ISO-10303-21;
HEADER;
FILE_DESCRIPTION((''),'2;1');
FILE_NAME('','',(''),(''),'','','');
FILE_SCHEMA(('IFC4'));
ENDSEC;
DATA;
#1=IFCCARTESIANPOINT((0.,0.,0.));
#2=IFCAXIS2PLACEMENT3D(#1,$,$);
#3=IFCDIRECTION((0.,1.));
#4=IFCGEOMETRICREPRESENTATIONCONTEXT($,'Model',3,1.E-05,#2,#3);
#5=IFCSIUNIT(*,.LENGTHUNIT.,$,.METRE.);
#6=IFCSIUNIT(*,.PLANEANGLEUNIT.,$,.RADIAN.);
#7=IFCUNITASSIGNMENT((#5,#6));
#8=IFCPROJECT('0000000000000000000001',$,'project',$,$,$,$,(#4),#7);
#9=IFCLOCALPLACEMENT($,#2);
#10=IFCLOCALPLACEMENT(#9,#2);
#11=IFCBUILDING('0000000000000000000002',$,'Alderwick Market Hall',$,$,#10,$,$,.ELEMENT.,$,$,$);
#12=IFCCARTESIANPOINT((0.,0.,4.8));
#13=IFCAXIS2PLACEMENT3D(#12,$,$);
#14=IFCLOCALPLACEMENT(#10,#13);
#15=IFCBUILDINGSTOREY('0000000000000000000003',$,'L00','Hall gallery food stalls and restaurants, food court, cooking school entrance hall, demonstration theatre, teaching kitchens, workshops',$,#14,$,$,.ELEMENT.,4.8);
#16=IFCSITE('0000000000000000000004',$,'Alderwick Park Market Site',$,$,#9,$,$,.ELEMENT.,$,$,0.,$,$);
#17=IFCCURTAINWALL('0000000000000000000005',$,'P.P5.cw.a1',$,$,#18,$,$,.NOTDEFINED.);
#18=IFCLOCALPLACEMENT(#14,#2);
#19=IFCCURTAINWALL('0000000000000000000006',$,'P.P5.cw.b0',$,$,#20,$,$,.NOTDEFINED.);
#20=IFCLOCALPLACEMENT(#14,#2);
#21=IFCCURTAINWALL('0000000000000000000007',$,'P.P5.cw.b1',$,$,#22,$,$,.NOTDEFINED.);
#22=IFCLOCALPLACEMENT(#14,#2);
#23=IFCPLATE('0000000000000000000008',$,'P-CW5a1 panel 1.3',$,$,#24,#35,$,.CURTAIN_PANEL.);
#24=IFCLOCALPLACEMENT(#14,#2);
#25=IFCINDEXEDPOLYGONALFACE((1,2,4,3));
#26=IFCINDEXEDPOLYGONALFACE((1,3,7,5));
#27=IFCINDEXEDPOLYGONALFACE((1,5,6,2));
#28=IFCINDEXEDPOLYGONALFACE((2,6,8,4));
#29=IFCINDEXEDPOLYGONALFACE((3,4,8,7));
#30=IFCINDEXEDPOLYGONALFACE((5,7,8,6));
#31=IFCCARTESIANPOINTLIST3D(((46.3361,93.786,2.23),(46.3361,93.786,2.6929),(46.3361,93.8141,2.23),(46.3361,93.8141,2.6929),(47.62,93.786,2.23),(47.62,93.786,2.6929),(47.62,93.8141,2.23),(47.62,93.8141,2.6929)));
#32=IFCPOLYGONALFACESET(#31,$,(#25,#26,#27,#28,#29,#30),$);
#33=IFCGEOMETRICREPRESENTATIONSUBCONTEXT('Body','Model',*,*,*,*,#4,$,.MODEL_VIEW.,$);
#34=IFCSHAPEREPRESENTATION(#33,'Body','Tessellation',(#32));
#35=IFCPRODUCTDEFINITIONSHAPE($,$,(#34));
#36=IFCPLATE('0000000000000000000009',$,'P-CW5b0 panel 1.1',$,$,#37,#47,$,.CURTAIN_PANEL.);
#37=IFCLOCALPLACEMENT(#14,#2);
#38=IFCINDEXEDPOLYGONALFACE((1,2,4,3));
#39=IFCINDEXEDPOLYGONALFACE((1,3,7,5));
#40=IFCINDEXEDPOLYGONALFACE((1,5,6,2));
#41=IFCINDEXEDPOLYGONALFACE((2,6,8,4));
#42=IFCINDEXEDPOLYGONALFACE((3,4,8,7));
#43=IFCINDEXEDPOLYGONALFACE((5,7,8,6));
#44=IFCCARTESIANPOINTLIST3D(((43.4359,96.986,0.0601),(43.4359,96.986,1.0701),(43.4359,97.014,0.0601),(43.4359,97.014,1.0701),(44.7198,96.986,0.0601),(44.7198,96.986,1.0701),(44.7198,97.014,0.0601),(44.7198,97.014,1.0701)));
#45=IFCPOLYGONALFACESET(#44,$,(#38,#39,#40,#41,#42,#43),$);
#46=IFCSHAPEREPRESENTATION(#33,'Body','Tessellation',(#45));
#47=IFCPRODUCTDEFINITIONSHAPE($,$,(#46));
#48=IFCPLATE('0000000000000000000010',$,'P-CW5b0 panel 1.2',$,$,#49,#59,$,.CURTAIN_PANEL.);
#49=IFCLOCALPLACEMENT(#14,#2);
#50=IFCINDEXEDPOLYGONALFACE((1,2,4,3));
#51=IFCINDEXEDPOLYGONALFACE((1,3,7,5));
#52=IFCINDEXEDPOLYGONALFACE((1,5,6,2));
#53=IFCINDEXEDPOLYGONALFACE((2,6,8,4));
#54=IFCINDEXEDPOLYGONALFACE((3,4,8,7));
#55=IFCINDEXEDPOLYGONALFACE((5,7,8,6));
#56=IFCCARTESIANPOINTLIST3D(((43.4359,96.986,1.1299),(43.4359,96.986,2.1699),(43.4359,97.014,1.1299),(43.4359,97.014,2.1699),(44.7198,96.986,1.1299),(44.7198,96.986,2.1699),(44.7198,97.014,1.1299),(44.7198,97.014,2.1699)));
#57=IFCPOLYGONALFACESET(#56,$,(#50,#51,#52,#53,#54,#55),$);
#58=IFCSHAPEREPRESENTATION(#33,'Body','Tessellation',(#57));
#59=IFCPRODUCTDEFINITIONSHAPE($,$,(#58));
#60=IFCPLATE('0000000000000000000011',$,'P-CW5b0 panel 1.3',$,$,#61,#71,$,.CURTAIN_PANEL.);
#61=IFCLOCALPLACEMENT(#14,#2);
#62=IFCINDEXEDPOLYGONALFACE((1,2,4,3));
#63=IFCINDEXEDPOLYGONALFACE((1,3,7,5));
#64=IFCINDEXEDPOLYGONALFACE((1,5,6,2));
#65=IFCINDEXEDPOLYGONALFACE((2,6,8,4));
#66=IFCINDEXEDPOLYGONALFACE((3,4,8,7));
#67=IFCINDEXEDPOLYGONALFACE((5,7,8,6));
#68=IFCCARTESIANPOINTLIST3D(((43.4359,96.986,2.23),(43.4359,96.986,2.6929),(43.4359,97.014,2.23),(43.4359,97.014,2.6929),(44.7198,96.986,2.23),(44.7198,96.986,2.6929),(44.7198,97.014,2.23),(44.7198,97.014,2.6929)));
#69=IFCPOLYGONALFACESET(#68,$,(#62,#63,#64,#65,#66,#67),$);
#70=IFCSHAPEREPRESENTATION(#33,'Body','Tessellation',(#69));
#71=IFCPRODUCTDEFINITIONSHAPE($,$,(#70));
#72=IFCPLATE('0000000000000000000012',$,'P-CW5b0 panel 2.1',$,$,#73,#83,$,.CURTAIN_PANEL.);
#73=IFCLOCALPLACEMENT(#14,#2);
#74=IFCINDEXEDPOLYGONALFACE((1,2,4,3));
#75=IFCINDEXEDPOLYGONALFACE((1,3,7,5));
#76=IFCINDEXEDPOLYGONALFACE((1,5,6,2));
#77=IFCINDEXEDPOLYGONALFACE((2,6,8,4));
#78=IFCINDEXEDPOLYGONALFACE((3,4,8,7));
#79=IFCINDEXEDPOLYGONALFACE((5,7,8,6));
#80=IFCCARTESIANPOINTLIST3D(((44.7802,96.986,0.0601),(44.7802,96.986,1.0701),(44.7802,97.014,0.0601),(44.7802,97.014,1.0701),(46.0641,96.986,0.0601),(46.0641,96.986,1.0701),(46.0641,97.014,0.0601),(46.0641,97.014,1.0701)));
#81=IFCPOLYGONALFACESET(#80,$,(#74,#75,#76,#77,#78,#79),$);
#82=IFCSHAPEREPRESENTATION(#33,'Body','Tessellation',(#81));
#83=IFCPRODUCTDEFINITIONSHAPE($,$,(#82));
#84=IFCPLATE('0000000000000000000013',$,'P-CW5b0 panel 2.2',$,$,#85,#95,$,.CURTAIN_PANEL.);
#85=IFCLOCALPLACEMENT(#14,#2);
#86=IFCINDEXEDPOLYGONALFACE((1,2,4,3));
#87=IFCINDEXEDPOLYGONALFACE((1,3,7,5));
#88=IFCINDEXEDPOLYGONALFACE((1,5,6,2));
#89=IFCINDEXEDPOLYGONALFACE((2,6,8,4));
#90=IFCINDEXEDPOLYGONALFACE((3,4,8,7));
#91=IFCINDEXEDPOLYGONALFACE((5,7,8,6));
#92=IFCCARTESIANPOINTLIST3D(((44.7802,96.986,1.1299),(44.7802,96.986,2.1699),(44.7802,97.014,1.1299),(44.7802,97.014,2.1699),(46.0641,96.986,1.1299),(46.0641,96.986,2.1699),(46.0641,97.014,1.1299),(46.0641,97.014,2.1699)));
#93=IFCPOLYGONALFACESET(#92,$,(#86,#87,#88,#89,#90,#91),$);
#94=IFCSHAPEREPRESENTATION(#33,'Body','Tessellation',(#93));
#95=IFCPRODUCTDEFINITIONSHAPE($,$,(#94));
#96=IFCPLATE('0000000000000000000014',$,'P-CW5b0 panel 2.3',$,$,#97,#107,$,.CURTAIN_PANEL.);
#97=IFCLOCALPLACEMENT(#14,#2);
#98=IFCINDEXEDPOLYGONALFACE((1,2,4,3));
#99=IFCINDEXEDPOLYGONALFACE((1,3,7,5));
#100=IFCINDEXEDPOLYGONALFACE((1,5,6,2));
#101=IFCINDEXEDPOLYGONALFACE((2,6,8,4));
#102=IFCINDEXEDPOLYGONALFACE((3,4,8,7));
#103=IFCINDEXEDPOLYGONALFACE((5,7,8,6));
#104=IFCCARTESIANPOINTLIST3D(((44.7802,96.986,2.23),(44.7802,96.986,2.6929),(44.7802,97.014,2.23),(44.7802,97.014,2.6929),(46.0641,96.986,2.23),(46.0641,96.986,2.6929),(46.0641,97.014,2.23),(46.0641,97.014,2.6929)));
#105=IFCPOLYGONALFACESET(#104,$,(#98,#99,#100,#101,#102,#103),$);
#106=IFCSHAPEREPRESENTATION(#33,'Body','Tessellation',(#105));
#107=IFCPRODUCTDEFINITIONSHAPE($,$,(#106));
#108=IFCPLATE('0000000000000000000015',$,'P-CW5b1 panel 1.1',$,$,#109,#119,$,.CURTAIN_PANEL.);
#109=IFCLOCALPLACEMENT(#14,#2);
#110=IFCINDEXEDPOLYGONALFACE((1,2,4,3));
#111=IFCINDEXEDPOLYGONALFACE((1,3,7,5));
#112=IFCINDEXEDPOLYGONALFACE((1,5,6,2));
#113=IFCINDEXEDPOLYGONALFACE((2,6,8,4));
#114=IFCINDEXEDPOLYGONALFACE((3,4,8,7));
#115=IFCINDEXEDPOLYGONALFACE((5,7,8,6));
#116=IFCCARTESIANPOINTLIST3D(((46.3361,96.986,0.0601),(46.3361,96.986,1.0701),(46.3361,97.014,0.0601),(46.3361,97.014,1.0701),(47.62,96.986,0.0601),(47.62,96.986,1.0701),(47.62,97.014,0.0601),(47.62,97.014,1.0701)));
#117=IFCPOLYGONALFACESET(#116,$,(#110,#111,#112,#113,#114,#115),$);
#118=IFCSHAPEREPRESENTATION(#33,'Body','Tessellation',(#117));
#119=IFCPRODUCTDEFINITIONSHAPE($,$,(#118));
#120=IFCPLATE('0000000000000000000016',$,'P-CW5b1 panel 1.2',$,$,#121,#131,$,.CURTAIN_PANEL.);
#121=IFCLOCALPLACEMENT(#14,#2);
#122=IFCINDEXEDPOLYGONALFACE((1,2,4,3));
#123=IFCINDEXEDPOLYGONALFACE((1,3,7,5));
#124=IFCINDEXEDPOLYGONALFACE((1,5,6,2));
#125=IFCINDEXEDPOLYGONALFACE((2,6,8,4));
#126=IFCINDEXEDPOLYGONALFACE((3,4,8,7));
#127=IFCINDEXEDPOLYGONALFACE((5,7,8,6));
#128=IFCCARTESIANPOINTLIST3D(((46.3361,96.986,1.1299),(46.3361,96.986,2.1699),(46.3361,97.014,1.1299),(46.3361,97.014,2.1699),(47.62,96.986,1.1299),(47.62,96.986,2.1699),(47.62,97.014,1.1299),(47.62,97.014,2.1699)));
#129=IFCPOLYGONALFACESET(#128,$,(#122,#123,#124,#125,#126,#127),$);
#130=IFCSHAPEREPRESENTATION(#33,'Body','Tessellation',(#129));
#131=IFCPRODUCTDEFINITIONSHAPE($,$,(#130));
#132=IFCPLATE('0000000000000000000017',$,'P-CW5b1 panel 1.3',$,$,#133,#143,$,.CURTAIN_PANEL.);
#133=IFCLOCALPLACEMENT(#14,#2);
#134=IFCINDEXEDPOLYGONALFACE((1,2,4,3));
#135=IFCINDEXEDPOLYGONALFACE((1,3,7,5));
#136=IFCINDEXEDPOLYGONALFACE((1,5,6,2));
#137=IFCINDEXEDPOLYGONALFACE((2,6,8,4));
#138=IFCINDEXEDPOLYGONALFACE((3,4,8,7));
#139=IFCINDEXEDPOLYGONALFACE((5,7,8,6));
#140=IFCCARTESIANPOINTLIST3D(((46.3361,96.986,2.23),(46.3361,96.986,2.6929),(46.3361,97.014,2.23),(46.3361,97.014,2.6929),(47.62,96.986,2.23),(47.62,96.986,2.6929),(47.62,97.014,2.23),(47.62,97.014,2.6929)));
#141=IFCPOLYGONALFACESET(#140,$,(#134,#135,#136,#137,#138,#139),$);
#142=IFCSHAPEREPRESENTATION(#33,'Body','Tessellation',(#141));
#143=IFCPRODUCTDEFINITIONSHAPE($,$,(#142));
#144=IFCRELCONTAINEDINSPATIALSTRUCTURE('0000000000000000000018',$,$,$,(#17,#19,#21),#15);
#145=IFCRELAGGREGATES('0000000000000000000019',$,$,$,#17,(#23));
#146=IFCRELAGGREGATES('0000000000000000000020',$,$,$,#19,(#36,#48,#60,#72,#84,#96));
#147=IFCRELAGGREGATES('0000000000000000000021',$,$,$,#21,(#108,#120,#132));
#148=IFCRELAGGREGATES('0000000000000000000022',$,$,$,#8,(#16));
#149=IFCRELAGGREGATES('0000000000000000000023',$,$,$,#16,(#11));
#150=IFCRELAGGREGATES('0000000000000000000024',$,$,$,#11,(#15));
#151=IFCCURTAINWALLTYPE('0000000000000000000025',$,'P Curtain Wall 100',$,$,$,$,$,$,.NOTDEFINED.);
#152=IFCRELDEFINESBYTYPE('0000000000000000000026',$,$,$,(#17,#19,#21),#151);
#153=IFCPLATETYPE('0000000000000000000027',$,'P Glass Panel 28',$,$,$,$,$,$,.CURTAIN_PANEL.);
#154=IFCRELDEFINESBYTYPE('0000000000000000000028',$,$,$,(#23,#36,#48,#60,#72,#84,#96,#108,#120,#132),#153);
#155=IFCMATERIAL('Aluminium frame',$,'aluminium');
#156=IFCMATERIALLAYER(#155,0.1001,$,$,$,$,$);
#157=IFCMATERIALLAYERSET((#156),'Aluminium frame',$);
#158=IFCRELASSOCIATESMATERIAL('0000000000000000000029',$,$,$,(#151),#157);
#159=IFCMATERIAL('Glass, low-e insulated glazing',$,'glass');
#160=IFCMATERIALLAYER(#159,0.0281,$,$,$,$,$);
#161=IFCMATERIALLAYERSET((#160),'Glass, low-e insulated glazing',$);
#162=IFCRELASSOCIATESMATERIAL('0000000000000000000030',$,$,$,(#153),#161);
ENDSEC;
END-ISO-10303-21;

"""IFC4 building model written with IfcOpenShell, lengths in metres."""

from ifc_helpers import new_model, si_unit, direction, frame, origin, origin_2d, place, context, subcontext, project, spatial, rectangle, extrude, material, layer, layer_set, type_object, element, aggregate, save


model = new_model("IFC4")

# Units and contexts
model_context = context("Model", 3, precision=1e-05, world=origin(), true_north=direction((0.0, 1.0)))
body_context = subcontext(model_context, "Body", "Model", "MODEL_VIEW")
ifc_project = project(units=[si_unit("LENGTHUNIT", "METRE"), si_unit("PLANEANGLEUNIT", "RADIAN")], contexts=[model_context])

# Site, building, storey
site_placement = place(None, origin())
site = spatial("IfcSite", under=ifc_project, at=site_placement, Name="Alderwick Park Market Site", CompositionType="ELEMENT", RefElevation=0.0)
building_placement = place(site_placement, origin())
building = spatial("IfcBuilding", under=site, at=building_placement, Name="Alderwick Market Hall", CompositionType="ELEMENT")
storey_placement = place(building_placement, frame((0.0, 0.0, 4.8)))
storey = spatial("IfcBuildingStorey", under=building, at=storey_placement, Name="L00", Description="Hall gallery food stalls and restaurants, food court, cooking school entrance hall, demonstration theatre, teaching kitchens, workshops", CompositionType="ELEMENT", Elevation=4.8)

# Shared definitions
ifc_material_1 = material(Name="Aluminium frame", Category="aluminium")
ifc_layer_1 = layer(ifc_material_1, 0.1001)
ifc_layer_set_1 = layer_set([ifc_layer_1], Name="Aluminium frame")
curtain_wall_type = type_object("IfcCurtainWallType", Name="P Curtain Wall 100", PredefinedType="NOTDEFINED", material=ifc_layer_set_1)

# Curtain wall
curtain_wall_1_placement = place(storey_placement, origin())
curtain_wall_1 = element("IfcCurtainWall", 1, at=curtain_wall_1_placement, inside=storey, type_object=curtain_wall_type, Name="P.P5.cw.a1", PredefinedType="NOTDEFINED")

# Curtain wall
curtain_wall_2_placement = place(storey_placement, origin())
curtain_wall_2 = element("IfcCurtainWall", 2, at=curtain_wall_2_placement, inside=storey, type_object=curtain_wall_type, Name="P.P5.cw.b0", PredefinedType="NOTDEFINED")

# Curtain wall
curtain_wall_3_placement = place(storey_placement, origin())
curtain_wall_3 = element("IfcCurtainWall", 3, at=curtain_wall_3_placement, inside=storey, type_object=curtain_wall_type, Name="P.P5.cw.b1", PredefinedType="NOTDEFINED")

# Plates
ifc_material_2 = material(Name="Glass, low-e insulated glazing", Category="glass")
ifc_layer_2 = layer(ifc_material_2, 0.0281)
ifc_layer_set_2 = layer_set([ifc_layer_2], Name="Glass, low-e insulated glazing")
plate_type = type_object("IfcPlateType", Name="P Glass Panel 28", PredefinedType="CURTAIN_PANEL", material=ifc_layer_set_2)
plate_1_placement = place(storey_placement, frame((46.978, 93.8, 2.23), z_axis=(0.0, 0.0, 1.0), x_axis=(1.0, 0.0, 0.0)))
plate_1 = element("IfcPlate", 4, at=plate_1_placement, type_object=plate_type, Name="P-CW5a1 panel 1.3", PredefinedType="CURTAIN_PANEL", context=body_context, shape_type="SweptSolid", body=[
    extrude(rectangle(XDim=1.2839, YDim=0.0281, at=origin_2d()), origin(), (0.0, 0.0, 1.0), 0.4629),
])
aggregate(curtain_wall_1, [plate_1])
plate_2_placement = place(storey_placement, frame((44.0779, 97.0, 0.0601), z_axis=(0.0, 0.0, 1.0), x_axis=(1.0, 0.0, 0.0)))
plate_2 = element("IfcPlate", 5, at=plate_2_placement, type_object=plate_type, Name="P-CW5b0 panel 1.1", PredefinedType="CURTAIN_PANEL", context=body_context, shape_type="SweptSolid", body=[
    extrude(rectangle(XDim=1.2839, YDim=0.0281, at=origin_2d()), origin(), (0.0, 0.0, 1.0), 1.01),
])
plate_3_placement = place(storey_placement, frame((44.0779, 97.0, 1.1299), z_axis=(0.0, 0.0, 1.0), x_axis=(1.0, 0.0, 0.0)))
plate_3 = element("IfcPlate", 6, at=plate_3_placement, type_object=plate_type, Name="P-CW5b0 panel 1.2", PredefinedType="CURTAIN_PANEL", context=body_context, shape_type="SweptSolid", body=[
    extrude(rectangle(XDim=1.2839, YDim=0.0281, at=origin_2d()), origin(), (0.0, 0.0, 1.0), 1.04),
])
plate_4_placement = place(storey_placement, frame((44.0779, 97.0, 2.23), z_axis=(0.0, 0.0, 1.0), x_axis=(1.0, 0.0, 0.0)))
plate_4 = element("IfcPlate", 7, at=plate_4_placement, type_object=plate_type, Name="P-CW5b0 panel 1.3", PredefinedType="CURTAIN_PANEL", context=body_context, shape_type="SweptSolid", body=[
    extrude(rectangle(XDim=1.2839, YDim=0.0281, at=origin_2d()), origin(), (0.0, 0.0, 1.0), 0.4629),
])
plate_5_placement = place(storey_placement, frame((45.4221, 97.0, 0.0601), z_axis=(0.0, 0.0, 1.0), x_axis=(1.0, 0.0, 0.0)))
plate_5 = element("IfcPlate", 8, at=plate_5_placement, type_object=plate_type, Name="P-CW5b0 panel 2.1", PredefinedType="CURTAIN_PANEL", context=body_context, shape_type="SweptSolid", body=[
    extrude(rectangle(XDim=1.2839, YDim=0.0281, at=origin_2d()), origin(), (0.0, 0.0, 1.0), 1.01),
])
plate_6_placement = place(storey_placement, frame((45.4221, 97.0, 1.1299), z_axis=(0.0, 0.0, 1.0), x_axis=(1.0, 0.0, 0.0)))
plate_6 = element("IfcPlate", 9, at=plate_6_placement, type_object=plate_type, Name="P-CW5b0 panel 2.2", PredefinedType="CURTAIN_PANEL", context=body_context, shape_type="SweptSolid", body=[
    extrude(rectangle(XDim=1.2839, YDim=0.0281, at=origin_2d()), origin(), (0.0, 0.0, 1.0), 1.04),
])
plate_7_placement = place(storey_placement, frame((45.4221, 97.0, 2.23), z_axis=(0.0, 0.0, 1.0), x_axis=(1.0, 0.0, 0.0)))
plate_7 = element("IfcPlate", 10, at=plate_7_placement, type_object=plate_type, Name="P-CW5b0 panel 2.3", PredefinedType="CURTAIN_PANEL", context=body_context, shape_type="SweptSolid", body=[
    extrude(rectangle(XDim=1.2839, YDim=0.0281, at=origin_2d()), origin(), (0.0, 0.0, 1.0), 0.4629),
])
aggregate(curtain_wall_2, [plate_2, plate_3, plate_4, plate_5, plate_6, plate_7])
plate_8_placement = place(storey_placement, frame((46.978, 97.0, 0.0601), z_axis=(0.0, 0.0, 1.0), x_axis=(1.0, 0.0, 0.0)))
plate_8 = element("IfcPlate", 11, at=plate_8_placement, type_object=plate_type, Name="P-CW5b1 panel 1.1", PredefinedType="CURTAIN_PANEL", context=body_context, shape_type="SweptSolid", body=[
    extrude(rectangle(XDim=1.2839, YDim=0.0281, at=origin_2d()), origin(), (0.0, 0.0, 1.0), 1.01),
])
plate_9_placement = place(storey_placement, frame((46.978, 97.0, 1.1299), z_axis=(0.0, 0.0, 1.0), x_axis=(1.0, 0.0, 0.0)))
plate_9 = element("IfcPlate", 12, at=plate_9_placement, type_object=plate_type, Name="P-CW5b1 panel 1.2", PredefinedType="CURTAIN_PANEL", context=body_context, shape_type="SweptSolid", body=[
    extrude(rectangle(XDim=1.2839, YDim=0.0281, at=origin_2d()), origin(), (0.0, 0.0, 1.0), 1.04),
])
plate_10_placement = place(storey_placement, frame((46.978, 97.0, 2.23), z_axis=(0.0, 0.0, 1.0), x_axis=(1.0, 0.0, 0.0)))
plate_10 = element("IfcPlate", 13, at=plate_10_placement, type_object=plate_type, Name="P-CW5b1 panel 1.3", PredefinedType="CURTAIN_PANEL", context=body_context, shape_type="SweptSolid", body=[
    extrude(rectangle(XDim=1.2839, YDim=0.0281, at=origin_2d()), origin(), (0.0, 0.0, 1.0), 0.4629),
])
aggregate(curtain_wall_3, [plate_8, plate_9, plate_10])

save(model, "model.ifc")
